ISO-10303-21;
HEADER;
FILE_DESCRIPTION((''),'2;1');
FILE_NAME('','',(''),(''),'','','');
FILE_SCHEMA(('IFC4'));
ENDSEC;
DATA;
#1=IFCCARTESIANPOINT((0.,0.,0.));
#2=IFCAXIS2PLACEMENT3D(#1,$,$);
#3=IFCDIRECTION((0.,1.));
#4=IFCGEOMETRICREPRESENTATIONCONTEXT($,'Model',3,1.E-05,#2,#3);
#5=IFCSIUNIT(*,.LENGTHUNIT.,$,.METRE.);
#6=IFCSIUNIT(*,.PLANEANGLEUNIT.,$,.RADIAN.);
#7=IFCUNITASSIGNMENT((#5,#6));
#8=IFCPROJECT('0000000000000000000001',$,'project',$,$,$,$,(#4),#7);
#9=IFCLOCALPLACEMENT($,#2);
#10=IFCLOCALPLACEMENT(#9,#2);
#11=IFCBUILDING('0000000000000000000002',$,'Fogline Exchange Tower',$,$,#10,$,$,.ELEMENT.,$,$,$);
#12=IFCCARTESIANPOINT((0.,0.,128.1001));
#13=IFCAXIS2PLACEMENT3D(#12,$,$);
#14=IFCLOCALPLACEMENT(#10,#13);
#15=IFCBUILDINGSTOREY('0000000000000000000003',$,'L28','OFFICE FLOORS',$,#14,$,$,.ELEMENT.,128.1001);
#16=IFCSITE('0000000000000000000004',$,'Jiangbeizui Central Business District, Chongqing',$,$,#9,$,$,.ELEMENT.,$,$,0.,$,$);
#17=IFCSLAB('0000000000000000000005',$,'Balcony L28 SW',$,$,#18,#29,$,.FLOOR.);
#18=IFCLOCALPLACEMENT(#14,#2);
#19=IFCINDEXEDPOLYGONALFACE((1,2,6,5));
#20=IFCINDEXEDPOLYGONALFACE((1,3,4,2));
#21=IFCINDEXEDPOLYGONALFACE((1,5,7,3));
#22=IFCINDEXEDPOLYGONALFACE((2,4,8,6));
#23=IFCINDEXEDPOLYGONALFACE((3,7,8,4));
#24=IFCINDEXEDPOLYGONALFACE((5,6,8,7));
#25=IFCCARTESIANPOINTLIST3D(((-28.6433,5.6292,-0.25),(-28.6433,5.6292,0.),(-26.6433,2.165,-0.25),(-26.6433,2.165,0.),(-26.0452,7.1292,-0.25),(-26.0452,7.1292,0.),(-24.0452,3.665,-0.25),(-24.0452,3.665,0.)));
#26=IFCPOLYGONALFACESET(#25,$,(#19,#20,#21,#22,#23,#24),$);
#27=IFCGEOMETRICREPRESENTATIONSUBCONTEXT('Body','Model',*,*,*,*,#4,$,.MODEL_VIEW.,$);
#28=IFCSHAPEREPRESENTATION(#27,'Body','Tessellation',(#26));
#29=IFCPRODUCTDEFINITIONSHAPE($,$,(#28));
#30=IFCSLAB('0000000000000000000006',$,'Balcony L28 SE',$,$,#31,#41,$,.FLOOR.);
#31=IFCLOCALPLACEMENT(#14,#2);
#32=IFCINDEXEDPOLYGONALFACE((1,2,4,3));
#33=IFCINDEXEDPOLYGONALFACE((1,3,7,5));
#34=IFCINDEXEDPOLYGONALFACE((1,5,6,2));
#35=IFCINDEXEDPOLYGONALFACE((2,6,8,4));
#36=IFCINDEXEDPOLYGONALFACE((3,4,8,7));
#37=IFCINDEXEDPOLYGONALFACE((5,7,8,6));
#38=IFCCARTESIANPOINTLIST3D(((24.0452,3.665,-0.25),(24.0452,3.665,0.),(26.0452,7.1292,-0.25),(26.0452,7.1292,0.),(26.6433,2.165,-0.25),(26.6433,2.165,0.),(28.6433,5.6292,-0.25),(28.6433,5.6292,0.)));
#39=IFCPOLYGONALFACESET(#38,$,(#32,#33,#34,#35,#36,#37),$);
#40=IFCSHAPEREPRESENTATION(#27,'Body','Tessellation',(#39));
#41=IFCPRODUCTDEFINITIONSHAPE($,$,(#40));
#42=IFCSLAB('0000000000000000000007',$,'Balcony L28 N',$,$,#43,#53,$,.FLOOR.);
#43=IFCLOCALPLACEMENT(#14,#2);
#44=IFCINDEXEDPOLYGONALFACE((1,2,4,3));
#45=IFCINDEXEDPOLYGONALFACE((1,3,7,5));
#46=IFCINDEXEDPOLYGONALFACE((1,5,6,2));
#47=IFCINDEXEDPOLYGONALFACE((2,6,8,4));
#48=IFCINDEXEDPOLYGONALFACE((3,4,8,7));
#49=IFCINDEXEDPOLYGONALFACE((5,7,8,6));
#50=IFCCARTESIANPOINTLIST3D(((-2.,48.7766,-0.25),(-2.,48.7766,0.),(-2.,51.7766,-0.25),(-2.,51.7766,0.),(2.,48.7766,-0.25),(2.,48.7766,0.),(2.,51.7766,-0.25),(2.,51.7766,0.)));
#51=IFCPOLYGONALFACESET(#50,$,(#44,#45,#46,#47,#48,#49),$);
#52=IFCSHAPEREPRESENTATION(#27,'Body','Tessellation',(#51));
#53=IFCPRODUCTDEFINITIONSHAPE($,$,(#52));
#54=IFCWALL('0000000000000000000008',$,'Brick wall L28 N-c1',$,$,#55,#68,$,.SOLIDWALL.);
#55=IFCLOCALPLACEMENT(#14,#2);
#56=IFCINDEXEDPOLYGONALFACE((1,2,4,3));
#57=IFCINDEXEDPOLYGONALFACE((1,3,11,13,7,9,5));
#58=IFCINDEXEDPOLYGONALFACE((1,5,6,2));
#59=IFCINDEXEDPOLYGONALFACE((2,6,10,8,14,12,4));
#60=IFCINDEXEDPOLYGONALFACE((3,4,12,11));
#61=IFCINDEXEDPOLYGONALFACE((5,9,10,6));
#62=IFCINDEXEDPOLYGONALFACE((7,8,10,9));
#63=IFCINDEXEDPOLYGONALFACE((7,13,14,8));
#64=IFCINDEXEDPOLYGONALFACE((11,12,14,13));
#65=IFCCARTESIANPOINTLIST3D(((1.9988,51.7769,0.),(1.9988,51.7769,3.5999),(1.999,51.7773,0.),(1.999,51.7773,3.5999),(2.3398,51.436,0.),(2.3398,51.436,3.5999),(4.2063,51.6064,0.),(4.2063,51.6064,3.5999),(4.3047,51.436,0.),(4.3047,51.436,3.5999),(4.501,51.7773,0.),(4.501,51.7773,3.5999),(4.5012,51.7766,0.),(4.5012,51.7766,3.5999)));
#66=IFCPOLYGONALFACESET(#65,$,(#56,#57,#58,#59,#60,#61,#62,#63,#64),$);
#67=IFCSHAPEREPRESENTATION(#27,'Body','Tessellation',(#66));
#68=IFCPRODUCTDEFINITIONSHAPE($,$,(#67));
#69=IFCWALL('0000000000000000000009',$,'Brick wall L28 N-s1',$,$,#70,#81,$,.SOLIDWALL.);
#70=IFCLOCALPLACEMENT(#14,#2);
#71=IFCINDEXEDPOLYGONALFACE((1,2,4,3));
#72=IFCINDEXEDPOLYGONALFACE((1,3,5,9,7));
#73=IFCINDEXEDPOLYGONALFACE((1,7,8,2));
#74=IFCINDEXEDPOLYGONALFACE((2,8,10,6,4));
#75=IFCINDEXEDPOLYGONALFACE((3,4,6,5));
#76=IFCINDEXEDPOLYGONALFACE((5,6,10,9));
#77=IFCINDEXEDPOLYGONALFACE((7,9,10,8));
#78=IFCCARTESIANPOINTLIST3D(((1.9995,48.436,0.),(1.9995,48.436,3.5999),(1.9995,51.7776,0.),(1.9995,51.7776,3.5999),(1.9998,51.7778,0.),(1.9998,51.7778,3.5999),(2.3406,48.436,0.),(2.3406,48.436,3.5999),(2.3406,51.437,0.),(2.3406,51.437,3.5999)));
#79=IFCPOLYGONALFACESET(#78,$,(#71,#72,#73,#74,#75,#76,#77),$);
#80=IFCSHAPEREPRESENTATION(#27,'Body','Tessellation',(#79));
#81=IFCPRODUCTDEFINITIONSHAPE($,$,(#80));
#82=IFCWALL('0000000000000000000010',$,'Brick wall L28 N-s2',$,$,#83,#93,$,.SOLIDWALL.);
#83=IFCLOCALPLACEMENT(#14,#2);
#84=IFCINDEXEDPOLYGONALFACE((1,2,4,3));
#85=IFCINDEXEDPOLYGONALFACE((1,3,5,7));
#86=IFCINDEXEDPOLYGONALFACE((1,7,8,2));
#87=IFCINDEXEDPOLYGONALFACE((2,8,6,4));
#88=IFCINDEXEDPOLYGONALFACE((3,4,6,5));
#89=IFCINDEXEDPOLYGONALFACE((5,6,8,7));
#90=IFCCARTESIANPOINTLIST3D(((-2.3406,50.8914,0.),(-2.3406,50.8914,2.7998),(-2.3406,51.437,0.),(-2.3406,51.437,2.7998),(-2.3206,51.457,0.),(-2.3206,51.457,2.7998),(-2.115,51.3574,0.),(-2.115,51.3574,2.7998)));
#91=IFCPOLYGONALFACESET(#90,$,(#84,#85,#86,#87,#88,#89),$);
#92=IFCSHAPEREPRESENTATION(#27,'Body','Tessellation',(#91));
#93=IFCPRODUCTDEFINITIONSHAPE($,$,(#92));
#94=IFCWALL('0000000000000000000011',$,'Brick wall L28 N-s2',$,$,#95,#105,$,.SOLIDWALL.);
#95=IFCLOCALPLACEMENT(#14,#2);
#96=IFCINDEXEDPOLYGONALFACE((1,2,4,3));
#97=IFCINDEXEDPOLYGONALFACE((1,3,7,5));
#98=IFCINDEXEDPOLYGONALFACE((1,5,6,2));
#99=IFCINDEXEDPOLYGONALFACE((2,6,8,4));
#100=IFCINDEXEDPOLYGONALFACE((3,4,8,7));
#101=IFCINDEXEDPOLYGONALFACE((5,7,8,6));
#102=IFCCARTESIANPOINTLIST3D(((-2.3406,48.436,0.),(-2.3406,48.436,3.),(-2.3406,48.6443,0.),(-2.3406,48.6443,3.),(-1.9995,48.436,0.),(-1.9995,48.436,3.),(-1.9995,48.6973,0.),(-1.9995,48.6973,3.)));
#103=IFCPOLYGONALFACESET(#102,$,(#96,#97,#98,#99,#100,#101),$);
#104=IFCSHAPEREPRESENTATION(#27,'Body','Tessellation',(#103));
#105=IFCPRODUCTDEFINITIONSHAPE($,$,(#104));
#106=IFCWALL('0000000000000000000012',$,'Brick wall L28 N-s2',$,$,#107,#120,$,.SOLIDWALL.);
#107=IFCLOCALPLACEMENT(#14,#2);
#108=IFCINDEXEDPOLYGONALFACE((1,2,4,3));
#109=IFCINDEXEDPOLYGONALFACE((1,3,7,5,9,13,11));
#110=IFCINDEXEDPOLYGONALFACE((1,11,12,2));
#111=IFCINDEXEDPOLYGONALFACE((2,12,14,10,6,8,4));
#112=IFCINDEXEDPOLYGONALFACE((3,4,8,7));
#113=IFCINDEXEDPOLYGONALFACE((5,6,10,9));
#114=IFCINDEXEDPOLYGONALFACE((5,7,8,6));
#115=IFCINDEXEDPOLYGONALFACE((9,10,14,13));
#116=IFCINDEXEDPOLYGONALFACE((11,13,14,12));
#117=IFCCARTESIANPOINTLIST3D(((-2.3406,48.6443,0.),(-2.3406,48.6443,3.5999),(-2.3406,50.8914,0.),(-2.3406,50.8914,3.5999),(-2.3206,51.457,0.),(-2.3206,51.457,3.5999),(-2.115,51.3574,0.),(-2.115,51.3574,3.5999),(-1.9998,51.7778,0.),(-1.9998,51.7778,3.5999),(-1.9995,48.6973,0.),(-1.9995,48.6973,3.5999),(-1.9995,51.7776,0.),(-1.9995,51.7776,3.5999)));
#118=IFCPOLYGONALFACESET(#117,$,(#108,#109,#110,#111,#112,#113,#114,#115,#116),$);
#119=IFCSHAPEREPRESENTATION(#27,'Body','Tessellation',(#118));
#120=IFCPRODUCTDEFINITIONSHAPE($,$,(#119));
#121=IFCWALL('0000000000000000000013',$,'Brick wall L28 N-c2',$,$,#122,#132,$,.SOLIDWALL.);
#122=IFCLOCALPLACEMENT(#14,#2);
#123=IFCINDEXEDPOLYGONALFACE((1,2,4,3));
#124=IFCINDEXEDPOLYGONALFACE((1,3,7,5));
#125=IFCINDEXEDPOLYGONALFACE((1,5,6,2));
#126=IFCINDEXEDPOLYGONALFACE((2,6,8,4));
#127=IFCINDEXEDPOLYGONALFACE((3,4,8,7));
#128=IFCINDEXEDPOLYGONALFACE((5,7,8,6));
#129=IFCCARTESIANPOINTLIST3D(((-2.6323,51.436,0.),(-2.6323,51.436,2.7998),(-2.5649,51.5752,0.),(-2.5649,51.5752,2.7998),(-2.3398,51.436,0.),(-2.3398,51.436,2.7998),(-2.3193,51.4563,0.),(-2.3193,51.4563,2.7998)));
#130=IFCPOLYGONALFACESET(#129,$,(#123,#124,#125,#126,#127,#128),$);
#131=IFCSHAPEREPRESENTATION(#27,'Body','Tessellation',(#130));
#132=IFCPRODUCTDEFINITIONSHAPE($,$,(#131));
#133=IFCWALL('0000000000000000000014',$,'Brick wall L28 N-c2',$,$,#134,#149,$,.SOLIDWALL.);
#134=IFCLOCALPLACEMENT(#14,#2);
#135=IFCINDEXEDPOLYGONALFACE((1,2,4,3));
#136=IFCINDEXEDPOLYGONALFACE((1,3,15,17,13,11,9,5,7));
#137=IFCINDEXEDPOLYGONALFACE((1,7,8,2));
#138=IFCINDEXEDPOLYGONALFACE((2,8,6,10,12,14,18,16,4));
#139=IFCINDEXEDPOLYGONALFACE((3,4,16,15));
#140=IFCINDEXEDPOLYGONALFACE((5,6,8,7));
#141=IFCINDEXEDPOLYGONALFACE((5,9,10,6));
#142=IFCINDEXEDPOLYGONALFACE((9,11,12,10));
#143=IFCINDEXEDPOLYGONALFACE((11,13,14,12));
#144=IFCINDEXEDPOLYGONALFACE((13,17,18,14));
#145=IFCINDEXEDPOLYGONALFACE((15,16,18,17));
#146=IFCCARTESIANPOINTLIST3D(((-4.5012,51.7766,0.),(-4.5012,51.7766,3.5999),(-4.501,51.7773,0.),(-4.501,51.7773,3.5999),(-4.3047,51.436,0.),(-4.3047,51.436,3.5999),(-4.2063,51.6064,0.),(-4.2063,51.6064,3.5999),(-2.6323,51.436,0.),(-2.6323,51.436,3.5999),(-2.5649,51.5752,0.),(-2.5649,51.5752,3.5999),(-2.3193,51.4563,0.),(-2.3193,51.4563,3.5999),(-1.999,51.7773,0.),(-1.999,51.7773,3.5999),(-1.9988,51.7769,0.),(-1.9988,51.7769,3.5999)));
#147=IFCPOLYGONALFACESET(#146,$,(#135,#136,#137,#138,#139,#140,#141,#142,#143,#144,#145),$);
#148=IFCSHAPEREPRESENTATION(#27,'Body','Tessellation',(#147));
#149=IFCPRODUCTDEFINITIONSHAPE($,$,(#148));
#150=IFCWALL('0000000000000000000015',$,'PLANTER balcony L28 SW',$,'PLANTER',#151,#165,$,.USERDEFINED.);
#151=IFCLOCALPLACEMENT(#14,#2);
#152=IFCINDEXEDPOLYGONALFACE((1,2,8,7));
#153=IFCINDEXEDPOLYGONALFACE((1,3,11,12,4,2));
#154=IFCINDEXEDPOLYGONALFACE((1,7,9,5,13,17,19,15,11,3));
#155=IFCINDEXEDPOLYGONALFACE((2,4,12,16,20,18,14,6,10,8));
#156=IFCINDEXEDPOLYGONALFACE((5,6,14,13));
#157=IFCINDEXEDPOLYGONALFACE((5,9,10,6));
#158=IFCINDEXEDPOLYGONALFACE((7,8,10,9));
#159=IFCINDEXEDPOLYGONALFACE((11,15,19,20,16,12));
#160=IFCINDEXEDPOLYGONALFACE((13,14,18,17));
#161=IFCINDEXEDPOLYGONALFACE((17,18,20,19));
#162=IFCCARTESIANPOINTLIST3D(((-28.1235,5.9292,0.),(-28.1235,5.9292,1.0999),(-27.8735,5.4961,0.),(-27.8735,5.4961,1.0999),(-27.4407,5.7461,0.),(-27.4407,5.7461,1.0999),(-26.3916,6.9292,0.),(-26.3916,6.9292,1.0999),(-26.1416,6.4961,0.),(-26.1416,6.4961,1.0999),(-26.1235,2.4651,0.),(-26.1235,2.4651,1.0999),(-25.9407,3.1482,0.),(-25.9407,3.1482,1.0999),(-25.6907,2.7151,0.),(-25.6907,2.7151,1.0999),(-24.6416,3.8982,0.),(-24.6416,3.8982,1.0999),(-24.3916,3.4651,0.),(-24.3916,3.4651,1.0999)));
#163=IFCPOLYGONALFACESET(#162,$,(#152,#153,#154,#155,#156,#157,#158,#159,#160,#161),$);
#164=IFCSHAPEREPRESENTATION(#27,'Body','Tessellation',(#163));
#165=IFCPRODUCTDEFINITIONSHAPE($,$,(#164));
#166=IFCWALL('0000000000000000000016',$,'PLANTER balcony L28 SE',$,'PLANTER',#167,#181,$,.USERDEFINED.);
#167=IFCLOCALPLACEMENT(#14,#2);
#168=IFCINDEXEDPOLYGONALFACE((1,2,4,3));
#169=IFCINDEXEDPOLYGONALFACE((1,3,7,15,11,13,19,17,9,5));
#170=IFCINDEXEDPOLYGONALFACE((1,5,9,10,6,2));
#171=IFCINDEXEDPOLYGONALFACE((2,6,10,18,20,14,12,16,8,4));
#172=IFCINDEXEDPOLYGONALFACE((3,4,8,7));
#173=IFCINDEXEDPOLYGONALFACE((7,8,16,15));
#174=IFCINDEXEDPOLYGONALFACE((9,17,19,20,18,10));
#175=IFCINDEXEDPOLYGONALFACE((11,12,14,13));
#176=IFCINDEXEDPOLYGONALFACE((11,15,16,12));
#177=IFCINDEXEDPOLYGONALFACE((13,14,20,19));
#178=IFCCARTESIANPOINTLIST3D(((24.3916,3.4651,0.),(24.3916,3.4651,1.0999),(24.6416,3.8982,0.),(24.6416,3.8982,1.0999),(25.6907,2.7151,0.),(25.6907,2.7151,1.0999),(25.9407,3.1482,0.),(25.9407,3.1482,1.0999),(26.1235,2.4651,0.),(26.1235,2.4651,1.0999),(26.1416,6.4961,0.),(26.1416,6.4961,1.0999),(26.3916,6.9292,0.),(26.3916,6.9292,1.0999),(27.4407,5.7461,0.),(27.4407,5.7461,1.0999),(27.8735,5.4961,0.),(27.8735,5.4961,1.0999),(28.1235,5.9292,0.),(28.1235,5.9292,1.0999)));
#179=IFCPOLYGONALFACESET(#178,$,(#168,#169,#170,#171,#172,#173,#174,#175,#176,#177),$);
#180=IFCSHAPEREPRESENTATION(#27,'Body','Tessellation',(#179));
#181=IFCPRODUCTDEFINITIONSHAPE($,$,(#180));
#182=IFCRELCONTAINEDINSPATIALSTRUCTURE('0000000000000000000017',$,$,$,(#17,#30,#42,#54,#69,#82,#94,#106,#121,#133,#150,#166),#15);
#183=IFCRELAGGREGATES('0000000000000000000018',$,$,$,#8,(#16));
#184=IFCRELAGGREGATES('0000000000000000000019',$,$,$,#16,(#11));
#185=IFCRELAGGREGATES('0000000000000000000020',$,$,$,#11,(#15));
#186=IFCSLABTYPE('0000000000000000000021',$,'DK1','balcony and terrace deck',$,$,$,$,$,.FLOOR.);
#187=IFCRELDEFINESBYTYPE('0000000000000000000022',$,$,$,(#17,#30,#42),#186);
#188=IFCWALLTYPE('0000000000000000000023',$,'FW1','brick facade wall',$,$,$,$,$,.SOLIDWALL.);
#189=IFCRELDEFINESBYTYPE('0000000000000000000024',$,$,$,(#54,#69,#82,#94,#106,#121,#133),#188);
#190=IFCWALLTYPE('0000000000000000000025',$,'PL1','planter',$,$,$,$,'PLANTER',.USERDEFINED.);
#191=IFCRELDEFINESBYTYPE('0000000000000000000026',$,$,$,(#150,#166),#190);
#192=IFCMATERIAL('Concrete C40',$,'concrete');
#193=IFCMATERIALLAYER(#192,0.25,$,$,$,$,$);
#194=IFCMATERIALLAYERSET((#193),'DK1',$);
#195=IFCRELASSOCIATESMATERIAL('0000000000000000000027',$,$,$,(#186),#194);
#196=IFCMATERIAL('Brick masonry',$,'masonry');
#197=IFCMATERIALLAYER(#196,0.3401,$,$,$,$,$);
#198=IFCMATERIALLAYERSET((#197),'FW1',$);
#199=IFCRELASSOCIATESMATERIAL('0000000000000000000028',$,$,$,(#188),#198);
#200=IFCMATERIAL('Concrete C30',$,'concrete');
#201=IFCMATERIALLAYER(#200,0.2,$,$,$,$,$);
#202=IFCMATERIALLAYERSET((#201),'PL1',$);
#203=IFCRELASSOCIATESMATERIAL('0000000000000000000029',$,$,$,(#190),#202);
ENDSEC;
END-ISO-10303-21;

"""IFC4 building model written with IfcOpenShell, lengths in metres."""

from ifc_helpers import new_model, si_unit, direction, frame, origin, place, context, subcontext, project, spatial, polyline, outline, extrude, material, layer, layer_set, type_object, element, save


model = new_model("IFC4")

# Units and contexts
model_context = context("Model", 3, precision=1e-05, world=origin(), true_north=direction((0.0, 1.0)))
body_context = subcontext(model_context, "Body", "Model", "MODEL_VIEW")
ifc_project = project(units=[si_unit("LENGTHUNIT", "METRE"), si_unit("PLANEANGLEUNIT", "RADIAN")], contexts=[model_context])

# Site, building, storey
site_placement = place(None, origin())
site = spatial("IfcSite", under=ifc_project, at=site_placement, Name="Jiangbeizui Central Business District, Chongqing", CompositionType="ELEMENT", RefElevation=0.0)
building_placement = place(site_placement, origin())
building = spatial("IfcBuilding", under=site, at=building_placement, Name="Fogline Exchange Tower", CompositionType="ELEMENT")
storey_placement = place(building_placement, frame((0.0, 0.0, 128.1001)))
storey = spatial("IfcBuildingStorey", under=building, at=storey_placement, Name="L28", Description="OFFICE FLOORS", CompositionType="ELEMENT", Elevation=128.1001)

# Slabs
ifc_material_1 = material(Name="Concrete C40", Category="concrete")
ifc_layer_1 = layer(ifc_material_1, 0.25)
ifc_layer_set_1 = layer_set([ifc_layer_1], Name="DK1")
slab_type = type_object("IfcSlabType", Name="DK1", Description="balcony and terrace deck", PredefinedType="FLOOR", material=ifc_layer_set_1)
slab_1_placement = place(storey_placement, frame((0.0, 0.0, -0.25)))
element("IfcSlab", 1, at=slab_1_placement, inside=storey, type_object=slab_type, Name="Balcony L28 SW", PredefinedType="FLOOR", context=body_context, shape_type="SweptSolid", body=[
    extrude(outline(polyline([(-28.6433, 5.6292), (-26.6433, 2.165), (-24.0452, 3.665), (-26.0452, 7.1292), (-28.6433, 5.6292)])), origin(), (0.0, 0.0, 1.0), 0.25),
])
slab_2_placement = place(storey_placement, frame((0.0, 0.0, -0.25)))
element("IfcSlab", 2, at=slab_2_placement, inside=storey, type_object=slab_type, Name="Balcony L28 SE", PredefinedType="FLOOR", context=body_context, shape_type="SweptSolid", body=[
    extrude(outline(polyline([(26.6433, 2.165), (28.6433, 5.6292), (26.0452, 7.1292), (24.0452, 3.665), (26.6433, 2.165)])), origin(), (0.0, 0.0, 1.0), 0.25),
])
slab_3_placement = place(storey_placement, frame((0.0, 0.0, -0.25)))
element("IfcSlab", 3, at=slab_3_placement, inside=storey, type_object=slab_type, Name="Balcony L28 N", PredefinedType="FLOOR", context=body_context, shape_type="SweptSolid", body=[
    extrude(outline(polyline([(2.0, 51.7766), (-2.0, 51.7766), (-2.0, 48.7766), (2.0, 48.7766), (2.0, 51.7766)])), origin(), (0.0, 0.0, 1.0), 0.25),
])

# Walls
ifc_material_2 = material(Name="Brick masonry", Category="masonry")
ifc_layer_2 = layer(ifc_material_2, 0.3401)
ifc_layer_set_2 = layer_set([ifc_layer_2], Name="FW1")
wall_type_1 = type_object("IfcWallType", Name="FW1", Description="brick facade wall", PredefinedType="SOLIDWALL", material=ifc_layer_set_2)
wall_1_placement = place(storey_placement, origin())
element("IfcWall", 4, at=wall_1_placement, inside=storey, type_object=wall_type_1, Name="Brick wall L28 N-c1", PredefinedType="SOLIDWALL", context=body_context, shape_type="SweptSolid", body=[
    extrude(outline(polyline([(1.999, 51.7773), (4.501, 51.7773), (4.5012, 51.7766), (4.2063, 51.6064), (4.3047, 51.436), (2.3398, 51.436), (1.9988, 51.7769), (1.999, 51.7773)])), origin(), (0.0, 0.0, 1.0), 3.5999),
])
wall_2_placement = place(storey_placement, origin())
element("IfcWall", 5, at=wall_2_placement, inside=storey, type_object=wall_type_1, Name="Brick wall L28 N-s1", PredefinedType="SOLIDWALL", context=body_context, shape_type="SweptSolid", body=[
    extrude(outline(polyline([(2.3406, 48.436), (1.9995, 48.436), (1.9995, 51.7776), (1.9998, 51.7778), (2.3406, 51.437), (2.3406, 48.436)])), origin(), (0.0, 0.0, 1.0), 3.5999),
])
wall_3_placement = place(storey_placement, origin())
element("IfcWall", 6, at=wall_3_placement, inside=storey, type_object=wall_type_1, Name="Brick wall L28 N-s2", PredefinedType="SOLIDWALL", context=body_context, shape_type="SweptSolid", body=[
    extrude(outline(polyline([(-2.3406, 51.437), (-2.3206, 51.457), (-2.115, 51.3574), (-2.3406, 50.8914), (-2.3406, 51.437)])), origin(), (0.0, 0.0, 1.0), 2.7998),
])
wall_4_placement = place(storey_placement, origin())
element("IfcWall", 7, at=wall_4_placement, inside=storey, type_object=wall_type_1, Name="Brick wall L28 N-s2", PredefinedType="SOLIDWALL", context=body_context, shape_type="SweptSolid", body=[
    extrude(outline(polyline([(-2.3406, 48.436), (-2.3406, 48.6443), (-1.9995, 48.6973), (-1.9995, 48.436), (-2.3406, 48.436)])), origin(), (0.0, 0.0, 1.0), 3.0),
])
wall_5_placement = place(storey_placement, origin())
element("IfcWall", 8, at=wall_5_placement, inside=storey, type_object=wall_type_1, Name="Brick wall L28 N-s2", PredefinedType="SOLIDWALL", context=body_context, shape_type="SweptSolid", body=[
    extrude(outline(polyline([(-2.3406, 50.8914), (-2.115, 51.3574), (-2.3206, 51.457), (-1.9998, 51.7778), (-1.9995, 51.7776), (-1.9995, 48.6973), (-2.3406, 48.6443), (-2.3406, 50.8914)])), origin(), (0.0, 0.0, 1.0), 3.5999),
])
wall_6_placement = place(storey_placement, origin())
element("IfcWall", 9, at=wall_6_placement, inside=storey, type_object=wall_type_1, Name="Brick wall L28 N-c2", PredefinedType="SOLIDWALL", context=body_context, shape_type="SweptSolid", body=[
    extrude(outline(polyline([(-2.3398, 51.436), (-2.6323, 51.436), (-2.5649, 51.5752), (-2.3193, 51.4563), (-2.3398, 51.436)])), origin(), (0.0, 0.0, 1.0), 2.7998),
])
wall_7_placement = place(storey_placement, origin())
element("IfcWall", 10, at=wall_7_placement, inside=storey, type_object=wall_type_1, Name="Brick wall L28 N-c2", PredefinedType="SOLIDWALL", context=body_context, shape_type="SweptSolid", body=[
    extrude(outline(polyline([(-4.2063, 51.6064), (-4.5012, 51.7766), (-4.501, 51.7773), (-1.999, 51.7773), (-1.9988, 51.7769), (-2.3193, 51.4563), (-2.5649, 51.5752), (-2.6323, 51.436), (-4.3047, 51.436), (-4.2063, 51.6064)])), origin(), (0.0, 0.0, 1.0), 3.5999),
])
ifc_material_3 = material(Name="Concrete C30", Category="concrete")
ifc_layer_3 = layer(ifc_material_3, 0.2)
ifc_layer_set_3 = layer_set([ifc_layer_3], Name="PL1")
wall_type_2 = type_object("IfcWallType", Name="PL1", Description="planter", ElementType="PLANTER", PredefinedType="USERDEFINED", material=ifc_layer_set_3)
wall_8_placement = place(storey_placement, origin())
element("IfcWall", 11, at=wall_8_placement, inside=storey, type_object=wall_type_2, Name="PLANTER balcony L28 SW", ObjectType="PLANTER", PredefinedType="USERDEFINED", context=body_context, shape_type="SweptSolid", body=[
    extrude(outline(polyline([(-24.6416, 3.8982), (-25.9407, 3.1482), (-27.4407, 5.7461), (-26.1416, 6.4961), (-26.3916, 6.9292), (-28.1235, 5.9292), (-27.8735, 5.4961), (-26.1235, 2.4651), (-25.6907, 2.7151), (-25.6907, 2.7151), (-24.3916, 3.4651), (-24.6416, 3.8982)])), origin(), (0.0, 0.0, 1.0), 1.0999),
])
wall_9_placement = place(storey_placement, origin())
element("IfcWall", 12, at=wall_9_placement, inside=storey, type_object=wall_type_2, Name="PLANTER balcony L28 SE", ObjectType="PLANTER", PredefinedType="USERDEFINED", context=body_context, shape_type="SweptSolid", body=[
    extrude(outline(polyline([(24.3916, 3.4651), (25.6907, 2.7151), (25.6907, 2.7151), (26.1235, 2.4651), (27.8735, 5.4961), (28.1235, 5.9292), (26.3916, 6.9292), (26.1416, 6.4961), (27.4407, 5.7461), (25.9407, 3.1482), (24.6416, 3.8982), (24.3916, 3.4651)])), origin(), (0.0, 0.0, 1.0), 1.0999),
])

save(model, "model.ifc")
